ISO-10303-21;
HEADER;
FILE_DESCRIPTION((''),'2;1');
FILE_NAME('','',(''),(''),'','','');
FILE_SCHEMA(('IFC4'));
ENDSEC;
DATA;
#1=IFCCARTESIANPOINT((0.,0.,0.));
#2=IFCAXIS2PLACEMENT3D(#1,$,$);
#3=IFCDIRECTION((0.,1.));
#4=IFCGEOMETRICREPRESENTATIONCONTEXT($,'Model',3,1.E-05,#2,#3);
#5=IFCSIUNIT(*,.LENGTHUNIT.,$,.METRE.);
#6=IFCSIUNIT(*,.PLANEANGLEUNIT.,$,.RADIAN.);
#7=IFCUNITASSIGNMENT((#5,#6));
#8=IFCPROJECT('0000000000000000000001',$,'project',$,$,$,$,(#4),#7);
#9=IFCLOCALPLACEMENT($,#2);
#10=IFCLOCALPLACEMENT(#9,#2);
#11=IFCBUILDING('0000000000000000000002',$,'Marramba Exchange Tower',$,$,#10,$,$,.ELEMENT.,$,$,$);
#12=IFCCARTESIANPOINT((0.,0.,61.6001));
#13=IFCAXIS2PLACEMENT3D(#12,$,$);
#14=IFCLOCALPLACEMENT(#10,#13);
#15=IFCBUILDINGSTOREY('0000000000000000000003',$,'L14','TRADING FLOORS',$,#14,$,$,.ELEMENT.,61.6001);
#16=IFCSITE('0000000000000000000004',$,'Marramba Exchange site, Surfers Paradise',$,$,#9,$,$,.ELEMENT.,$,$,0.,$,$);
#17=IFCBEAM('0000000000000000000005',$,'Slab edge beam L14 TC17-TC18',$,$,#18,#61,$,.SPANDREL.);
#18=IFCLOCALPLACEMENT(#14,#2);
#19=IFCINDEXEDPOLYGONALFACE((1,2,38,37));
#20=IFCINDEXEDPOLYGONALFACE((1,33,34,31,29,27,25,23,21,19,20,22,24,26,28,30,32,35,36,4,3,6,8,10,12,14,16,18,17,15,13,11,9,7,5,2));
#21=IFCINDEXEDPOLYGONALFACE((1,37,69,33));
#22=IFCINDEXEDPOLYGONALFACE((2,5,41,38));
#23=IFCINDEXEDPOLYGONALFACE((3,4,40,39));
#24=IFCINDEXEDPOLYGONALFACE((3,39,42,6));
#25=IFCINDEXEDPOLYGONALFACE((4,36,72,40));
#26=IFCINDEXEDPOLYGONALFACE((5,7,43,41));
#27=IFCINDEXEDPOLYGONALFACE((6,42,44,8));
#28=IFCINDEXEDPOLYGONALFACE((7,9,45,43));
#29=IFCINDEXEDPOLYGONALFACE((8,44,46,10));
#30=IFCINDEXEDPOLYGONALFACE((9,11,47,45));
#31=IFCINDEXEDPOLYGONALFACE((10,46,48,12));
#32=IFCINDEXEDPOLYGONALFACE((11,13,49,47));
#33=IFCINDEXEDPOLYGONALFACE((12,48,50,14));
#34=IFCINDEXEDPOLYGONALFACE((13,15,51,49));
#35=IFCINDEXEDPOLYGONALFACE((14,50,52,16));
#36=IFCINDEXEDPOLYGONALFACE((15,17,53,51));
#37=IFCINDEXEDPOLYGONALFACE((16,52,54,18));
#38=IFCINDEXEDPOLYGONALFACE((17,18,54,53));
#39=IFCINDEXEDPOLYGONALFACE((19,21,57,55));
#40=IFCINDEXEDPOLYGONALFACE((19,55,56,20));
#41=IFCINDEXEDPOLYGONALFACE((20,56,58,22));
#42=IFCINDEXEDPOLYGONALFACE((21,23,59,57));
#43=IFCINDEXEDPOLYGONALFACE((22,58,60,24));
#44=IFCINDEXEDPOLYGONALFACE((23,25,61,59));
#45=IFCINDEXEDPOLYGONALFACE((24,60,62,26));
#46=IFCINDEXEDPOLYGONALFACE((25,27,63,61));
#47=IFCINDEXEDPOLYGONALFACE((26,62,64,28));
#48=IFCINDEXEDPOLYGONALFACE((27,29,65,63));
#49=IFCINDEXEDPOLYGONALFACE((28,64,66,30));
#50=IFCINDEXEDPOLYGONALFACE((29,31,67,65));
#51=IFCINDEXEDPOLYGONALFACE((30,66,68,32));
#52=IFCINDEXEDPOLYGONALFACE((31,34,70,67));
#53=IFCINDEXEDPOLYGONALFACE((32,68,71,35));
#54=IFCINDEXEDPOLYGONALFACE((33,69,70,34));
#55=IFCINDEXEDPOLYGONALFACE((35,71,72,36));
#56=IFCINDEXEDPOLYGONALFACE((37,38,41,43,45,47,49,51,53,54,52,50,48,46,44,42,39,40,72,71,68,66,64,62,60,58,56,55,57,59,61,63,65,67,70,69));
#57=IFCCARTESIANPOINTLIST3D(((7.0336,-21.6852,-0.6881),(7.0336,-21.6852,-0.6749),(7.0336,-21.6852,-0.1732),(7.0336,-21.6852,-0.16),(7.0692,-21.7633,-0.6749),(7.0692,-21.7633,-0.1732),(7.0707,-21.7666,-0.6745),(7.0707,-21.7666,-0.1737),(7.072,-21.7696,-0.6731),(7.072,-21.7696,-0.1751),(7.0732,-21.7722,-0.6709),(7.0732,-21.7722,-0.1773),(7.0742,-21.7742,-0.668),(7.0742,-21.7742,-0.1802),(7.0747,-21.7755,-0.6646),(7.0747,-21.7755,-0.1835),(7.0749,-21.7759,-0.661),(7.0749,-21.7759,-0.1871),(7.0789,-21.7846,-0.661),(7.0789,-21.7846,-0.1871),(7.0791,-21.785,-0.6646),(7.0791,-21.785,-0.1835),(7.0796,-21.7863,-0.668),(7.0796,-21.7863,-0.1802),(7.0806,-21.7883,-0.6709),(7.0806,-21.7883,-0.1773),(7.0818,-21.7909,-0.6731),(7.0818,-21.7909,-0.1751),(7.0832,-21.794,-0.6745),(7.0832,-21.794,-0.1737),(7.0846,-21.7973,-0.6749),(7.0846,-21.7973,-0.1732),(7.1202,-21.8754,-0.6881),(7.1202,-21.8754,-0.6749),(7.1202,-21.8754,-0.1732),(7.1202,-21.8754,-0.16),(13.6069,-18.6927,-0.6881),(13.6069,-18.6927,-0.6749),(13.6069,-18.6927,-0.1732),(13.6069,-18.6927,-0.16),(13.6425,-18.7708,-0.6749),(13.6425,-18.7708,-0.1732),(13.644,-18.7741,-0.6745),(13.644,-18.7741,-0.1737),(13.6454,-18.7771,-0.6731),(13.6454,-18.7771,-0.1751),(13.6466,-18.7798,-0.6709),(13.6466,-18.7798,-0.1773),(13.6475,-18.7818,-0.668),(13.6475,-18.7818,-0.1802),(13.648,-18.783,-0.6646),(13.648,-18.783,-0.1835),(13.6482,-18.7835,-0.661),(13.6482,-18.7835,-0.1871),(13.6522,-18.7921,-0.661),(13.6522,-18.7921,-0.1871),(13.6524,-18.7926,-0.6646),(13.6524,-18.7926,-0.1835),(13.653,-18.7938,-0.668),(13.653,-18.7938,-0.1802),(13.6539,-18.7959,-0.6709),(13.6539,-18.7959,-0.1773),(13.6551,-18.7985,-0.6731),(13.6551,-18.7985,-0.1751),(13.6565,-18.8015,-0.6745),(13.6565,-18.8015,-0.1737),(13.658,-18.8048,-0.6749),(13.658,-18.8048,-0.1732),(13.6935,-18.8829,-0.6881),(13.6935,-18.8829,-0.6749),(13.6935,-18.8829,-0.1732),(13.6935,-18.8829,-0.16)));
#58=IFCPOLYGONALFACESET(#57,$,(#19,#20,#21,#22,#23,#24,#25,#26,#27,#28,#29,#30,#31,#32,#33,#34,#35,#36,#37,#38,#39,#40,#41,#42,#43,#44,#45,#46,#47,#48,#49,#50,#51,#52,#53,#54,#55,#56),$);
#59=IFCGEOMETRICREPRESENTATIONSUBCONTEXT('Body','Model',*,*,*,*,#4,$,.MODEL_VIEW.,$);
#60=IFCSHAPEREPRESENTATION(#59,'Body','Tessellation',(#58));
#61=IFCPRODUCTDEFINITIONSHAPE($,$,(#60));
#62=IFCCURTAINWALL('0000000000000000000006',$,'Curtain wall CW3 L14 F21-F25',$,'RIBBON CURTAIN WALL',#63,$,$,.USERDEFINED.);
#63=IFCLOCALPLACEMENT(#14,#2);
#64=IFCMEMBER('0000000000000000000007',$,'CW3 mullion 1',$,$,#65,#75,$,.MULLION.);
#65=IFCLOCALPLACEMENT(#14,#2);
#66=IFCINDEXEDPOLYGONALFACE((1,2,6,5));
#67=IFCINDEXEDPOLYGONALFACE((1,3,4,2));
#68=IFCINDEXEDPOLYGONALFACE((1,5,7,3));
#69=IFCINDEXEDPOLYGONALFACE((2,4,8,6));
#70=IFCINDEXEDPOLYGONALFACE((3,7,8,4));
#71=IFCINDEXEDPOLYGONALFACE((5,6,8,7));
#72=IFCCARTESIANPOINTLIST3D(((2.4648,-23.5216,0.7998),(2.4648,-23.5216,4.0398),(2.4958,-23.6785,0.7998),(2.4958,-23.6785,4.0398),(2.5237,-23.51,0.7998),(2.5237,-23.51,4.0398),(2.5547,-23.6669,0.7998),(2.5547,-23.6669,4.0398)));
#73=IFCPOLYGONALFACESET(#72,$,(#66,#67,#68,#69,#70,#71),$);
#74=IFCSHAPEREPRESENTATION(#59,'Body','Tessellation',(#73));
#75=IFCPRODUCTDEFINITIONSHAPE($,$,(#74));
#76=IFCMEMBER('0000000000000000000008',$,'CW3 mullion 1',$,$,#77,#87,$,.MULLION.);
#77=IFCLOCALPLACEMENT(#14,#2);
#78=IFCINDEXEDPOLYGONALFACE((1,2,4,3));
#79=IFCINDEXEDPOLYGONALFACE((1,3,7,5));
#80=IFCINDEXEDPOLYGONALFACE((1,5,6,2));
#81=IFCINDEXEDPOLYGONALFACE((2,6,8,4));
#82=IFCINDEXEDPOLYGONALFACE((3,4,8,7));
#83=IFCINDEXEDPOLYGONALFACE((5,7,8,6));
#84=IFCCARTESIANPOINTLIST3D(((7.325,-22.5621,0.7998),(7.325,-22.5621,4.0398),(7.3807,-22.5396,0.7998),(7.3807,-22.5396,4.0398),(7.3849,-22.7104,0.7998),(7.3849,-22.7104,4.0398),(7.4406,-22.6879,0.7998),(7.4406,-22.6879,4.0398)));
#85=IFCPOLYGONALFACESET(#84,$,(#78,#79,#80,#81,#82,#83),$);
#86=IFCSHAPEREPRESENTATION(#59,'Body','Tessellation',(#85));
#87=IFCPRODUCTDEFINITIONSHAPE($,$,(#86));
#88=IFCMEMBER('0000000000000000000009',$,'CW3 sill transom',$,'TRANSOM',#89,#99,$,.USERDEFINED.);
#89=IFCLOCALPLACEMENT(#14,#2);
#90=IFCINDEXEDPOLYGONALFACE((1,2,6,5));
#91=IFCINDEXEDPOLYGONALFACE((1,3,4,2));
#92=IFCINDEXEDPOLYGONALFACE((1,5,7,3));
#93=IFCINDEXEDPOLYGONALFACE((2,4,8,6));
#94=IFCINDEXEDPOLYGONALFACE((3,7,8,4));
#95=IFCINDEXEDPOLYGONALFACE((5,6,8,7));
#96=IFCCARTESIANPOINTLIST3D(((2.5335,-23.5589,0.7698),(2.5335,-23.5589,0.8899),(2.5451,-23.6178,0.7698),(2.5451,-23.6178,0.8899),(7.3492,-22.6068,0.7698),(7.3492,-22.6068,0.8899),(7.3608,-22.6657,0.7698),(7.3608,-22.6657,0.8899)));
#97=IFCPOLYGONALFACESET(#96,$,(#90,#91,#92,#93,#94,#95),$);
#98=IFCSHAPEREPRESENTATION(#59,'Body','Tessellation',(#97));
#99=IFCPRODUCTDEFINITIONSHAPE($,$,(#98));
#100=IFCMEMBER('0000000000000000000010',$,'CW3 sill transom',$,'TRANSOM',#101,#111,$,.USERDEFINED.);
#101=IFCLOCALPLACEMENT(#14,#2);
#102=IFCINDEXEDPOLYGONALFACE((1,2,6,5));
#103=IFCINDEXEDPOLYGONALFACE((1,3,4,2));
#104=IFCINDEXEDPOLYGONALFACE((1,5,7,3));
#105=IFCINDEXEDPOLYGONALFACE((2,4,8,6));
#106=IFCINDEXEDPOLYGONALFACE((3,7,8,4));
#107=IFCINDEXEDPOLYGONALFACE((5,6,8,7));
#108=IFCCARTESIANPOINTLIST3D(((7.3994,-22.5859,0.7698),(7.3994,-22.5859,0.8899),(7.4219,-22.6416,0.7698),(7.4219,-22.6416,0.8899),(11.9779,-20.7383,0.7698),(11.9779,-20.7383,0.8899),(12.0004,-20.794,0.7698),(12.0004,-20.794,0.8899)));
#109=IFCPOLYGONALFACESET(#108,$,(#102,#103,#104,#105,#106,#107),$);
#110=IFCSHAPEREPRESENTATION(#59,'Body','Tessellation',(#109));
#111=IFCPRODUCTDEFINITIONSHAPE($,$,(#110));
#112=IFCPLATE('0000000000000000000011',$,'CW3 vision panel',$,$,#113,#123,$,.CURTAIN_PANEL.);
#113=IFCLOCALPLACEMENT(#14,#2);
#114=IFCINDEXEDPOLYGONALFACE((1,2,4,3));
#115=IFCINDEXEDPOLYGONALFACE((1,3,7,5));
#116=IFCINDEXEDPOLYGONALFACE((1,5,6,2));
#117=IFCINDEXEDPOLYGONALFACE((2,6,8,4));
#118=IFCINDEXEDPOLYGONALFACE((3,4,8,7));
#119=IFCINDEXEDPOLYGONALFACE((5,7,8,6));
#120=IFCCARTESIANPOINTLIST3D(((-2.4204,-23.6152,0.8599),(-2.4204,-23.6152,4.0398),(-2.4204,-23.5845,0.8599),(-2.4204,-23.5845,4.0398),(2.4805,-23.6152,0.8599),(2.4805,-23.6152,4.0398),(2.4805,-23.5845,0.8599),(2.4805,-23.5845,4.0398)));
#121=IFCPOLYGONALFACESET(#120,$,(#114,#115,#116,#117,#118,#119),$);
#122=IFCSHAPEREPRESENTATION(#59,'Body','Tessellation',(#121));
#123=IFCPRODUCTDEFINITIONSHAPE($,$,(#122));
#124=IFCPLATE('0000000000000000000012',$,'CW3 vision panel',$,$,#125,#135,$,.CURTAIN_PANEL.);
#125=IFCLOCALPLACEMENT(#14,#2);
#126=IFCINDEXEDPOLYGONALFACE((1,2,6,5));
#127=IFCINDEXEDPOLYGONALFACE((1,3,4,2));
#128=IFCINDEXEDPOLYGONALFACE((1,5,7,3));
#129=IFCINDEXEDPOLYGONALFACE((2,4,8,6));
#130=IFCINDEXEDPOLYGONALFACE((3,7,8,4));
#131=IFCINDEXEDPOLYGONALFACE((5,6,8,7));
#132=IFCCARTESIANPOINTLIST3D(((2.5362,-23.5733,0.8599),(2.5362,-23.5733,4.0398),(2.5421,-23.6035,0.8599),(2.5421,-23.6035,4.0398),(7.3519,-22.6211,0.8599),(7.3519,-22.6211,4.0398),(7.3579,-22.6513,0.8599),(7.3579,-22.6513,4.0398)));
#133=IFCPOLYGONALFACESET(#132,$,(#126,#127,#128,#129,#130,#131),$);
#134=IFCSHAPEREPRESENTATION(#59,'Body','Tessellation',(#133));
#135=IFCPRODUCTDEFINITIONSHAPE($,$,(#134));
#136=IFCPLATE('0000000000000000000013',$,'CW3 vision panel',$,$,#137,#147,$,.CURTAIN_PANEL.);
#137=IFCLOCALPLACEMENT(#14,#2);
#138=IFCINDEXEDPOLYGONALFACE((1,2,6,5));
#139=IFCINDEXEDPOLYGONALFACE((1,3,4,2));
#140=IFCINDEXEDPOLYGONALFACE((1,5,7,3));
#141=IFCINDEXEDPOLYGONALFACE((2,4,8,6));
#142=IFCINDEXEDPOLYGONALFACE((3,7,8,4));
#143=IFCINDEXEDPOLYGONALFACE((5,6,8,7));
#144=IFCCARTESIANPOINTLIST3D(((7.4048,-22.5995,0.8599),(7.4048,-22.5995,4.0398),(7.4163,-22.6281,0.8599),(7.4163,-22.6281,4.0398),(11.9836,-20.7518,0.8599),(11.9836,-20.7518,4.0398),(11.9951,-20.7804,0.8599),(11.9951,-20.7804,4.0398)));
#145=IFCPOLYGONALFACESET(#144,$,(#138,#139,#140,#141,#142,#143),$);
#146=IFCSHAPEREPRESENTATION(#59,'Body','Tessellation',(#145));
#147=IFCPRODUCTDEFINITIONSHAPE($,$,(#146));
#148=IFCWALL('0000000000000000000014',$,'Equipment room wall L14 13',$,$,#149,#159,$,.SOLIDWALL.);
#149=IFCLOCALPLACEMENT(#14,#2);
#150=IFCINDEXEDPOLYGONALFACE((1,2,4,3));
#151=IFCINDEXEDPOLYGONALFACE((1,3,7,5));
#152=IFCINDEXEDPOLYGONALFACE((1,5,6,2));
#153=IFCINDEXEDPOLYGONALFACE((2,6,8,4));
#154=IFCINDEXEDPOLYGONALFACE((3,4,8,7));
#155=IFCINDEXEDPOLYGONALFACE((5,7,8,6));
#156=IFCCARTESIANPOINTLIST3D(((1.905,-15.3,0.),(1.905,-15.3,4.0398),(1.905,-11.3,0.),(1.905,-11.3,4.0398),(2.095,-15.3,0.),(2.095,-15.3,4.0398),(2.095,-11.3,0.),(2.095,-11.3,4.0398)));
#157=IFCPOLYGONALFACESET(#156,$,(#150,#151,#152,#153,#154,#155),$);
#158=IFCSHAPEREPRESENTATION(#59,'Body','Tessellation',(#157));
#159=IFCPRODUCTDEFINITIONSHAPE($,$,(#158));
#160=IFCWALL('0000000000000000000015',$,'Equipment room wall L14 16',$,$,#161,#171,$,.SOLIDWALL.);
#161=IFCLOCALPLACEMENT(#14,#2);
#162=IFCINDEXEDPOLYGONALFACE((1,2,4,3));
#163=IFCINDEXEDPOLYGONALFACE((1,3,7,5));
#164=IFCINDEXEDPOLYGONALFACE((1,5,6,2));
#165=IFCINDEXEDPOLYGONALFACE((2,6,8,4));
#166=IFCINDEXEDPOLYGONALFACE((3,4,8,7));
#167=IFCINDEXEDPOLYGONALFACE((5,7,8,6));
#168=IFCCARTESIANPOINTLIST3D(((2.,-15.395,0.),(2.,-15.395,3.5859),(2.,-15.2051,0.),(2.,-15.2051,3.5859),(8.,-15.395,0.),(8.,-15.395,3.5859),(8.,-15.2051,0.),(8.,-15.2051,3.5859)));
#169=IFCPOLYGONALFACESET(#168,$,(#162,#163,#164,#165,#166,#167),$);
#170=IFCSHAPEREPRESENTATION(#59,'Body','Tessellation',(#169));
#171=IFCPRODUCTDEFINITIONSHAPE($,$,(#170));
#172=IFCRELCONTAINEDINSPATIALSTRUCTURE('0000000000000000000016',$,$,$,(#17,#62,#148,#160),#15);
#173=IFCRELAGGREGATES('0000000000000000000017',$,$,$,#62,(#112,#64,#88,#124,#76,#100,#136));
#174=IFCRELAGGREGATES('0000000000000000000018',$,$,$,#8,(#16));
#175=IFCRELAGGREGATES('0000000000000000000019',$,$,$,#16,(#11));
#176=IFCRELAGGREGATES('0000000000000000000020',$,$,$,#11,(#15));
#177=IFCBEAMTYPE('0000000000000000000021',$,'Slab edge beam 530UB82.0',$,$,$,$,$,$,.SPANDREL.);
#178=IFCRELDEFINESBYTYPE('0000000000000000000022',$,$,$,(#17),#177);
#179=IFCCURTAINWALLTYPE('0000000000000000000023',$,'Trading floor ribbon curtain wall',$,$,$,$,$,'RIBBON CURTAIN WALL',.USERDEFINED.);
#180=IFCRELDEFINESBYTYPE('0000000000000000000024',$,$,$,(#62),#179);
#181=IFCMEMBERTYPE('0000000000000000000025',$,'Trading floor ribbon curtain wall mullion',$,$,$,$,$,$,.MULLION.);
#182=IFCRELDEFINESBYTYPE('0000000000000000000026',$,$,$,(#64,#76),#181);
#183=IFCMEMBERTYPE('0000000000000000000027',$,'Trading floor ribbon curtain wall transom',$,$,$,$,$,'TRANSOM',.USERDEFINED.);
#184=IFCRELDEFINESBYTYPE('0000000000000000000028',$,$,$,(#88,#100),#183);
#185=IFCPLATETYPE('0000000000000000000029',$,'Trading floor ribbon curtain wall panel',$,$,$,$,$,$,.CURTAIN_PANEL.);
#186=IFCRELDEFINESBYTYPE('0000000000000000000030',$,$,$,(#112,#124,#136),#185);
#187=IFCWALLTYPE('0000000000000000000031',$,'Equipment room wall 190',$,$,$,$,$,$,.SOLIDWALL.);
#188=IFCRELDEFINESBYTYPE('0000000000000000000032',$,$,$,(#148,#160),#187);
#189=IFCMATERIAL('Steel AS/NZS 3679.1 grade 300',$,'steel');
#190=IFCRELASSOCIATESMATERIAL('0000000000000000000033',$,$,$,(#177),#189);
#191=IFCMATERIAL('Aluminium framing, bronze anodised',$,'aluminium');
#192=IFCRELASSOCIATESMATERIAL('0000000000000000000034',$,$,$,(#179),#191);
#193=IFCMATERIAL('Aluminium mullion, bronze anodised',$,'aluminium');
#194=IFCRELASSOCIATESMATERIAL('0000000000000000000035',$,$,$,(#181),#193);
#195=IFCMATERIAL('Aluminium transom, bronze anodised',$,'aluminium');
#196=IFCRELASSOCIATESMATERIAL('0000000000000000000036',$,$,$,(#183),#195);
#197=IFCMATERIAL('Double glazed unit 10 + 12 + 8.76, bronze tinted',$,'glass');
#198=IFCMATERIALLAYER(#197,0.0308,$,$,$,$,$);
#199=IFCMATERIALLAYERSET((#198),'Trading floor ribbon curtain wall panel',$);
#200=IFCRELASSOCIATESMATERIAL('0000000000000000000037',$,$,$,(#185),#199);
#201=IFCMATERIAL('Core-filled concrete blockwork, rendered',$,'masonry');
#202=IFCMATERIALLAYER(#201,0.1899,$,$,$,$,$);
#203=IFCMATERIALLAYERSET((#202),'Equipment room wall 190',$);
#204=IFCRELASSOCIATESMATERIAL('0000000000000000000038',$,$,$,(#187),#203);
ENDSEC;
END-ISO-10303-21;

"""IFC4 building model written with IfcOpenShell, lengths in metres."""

from ifc_helpers import new_model, si_unit, direction, frame, frame_2d, origin, origin_2d, place, context, subcontext, project, spatial, rectangle, i_section, extrude, material, layer, layer_set, material_profile, profile_set, type_object, element, aggregate, save


model = new_model("IFC4")

# Units and contexts
model_context = context("Model", 3, precision=1e-05, world=origin(), true_north=direction((0.0, 1.0)))
body_context = subcontext(model_context, "Body", "Model", "MODEL_VIEW")
ifc_project = project(units=[si_unit("LENGTHUNIT", "METRE"), si_unit("PLANEANGLEUNIT", "RADIAN")], contexts=[model_context])

# Site, building, storey
site_placement = place(None, origin())
site = spatial("IfcSite", under=ifc_project, at=site_placement, Name="Marramba Exchange site, Surfers Paradise", CompositionType="ELEMENT", RefElevation=0.0)
building_placement = place(site_placement, origin())
building = spatial("IfcBuilding", under=site, at=building_placement, Name="Marramba Exchange Tower", CompositionType="ELEMENT")
storey_placement = place(building_placement, frame((0.0, 0.0, 61.6001)))
storey = spatial("IfcBuildingStorey", under=building, at=storey_placement, Name="L14", Description="TRADING FLOORS", CompositionType="ELEMENT", Elevation=61.6001)

# Beam
ifc_material_1 = material(Name="Steel AS/NZS 3679.1 grade 300", Category="steel")
ifc_material_profile_1 = material_profile(ifc_material_1, i_section(OverallWidth=0.209, OverallDepth=0.5281, WebThickness=0.0095, FlangeThickness=0.0132, FilletRadius=0.0139, at=origin_2d()), Name="530UB82.0")
ifc_profile_set_1 = profile_set([ifc_material_profile_1], Name="Steel AS/NZS 3679.1 grade 300")
beam_type_1 = type_object("IfcBeamType", Name="Slab edge beam 530UB82.0", PredefinedType="SPANDREL", material=ifc_profile_set_1)
beam_1_placement = place(storey_placement, frame((7.0769, -21.7803, -0.4241), z_axis=(0.910127, 0.41433, 0.0), x_axis=(-0.41433, 0.910127, 0.0)))
element("IfcBeam", 1, at=beam_1_placement, inside=storey, type_object=beam_type_1, Name="Slab edge beam L14 TC17-TC18", PredefinedType="SPANDREL", context=body_context, shape_type="SweptSolid", body=[
    extrude(i_section(OverallWidth=0.209, OverallDepth=0.5281, WebThickness=0.0095, FlangeThickness=0.0132, FilletRadius=0.0139, at=origin_2d()), origin(), (0.0, 0.0, 1.0), 7.2224),
])

# Curtain wall, members, plates
ifc_material_2 = material(Name="Aluminium framing, bronze anodised", Category="aluminium")
curtain_wall_type = type_object("IfcCurtainWallType", Name="Trading floor ribbon curtain wall", ElementType="RIBBON CURTAIN WALL", PredefinedType="USERDEFINED", material=ifc_material_2)
curtain_wall_placement = place(storey_placement, origin())
curtain_wall = element("IfcCurtainWall", 2, at=curtain_wall_placement, inside=storey, type_object=curtain_wall_type, Name="Curtain wall CW3 L14 F21-F25", ObjectType="RIBBON CURTAIN WALL", PredefinedType="USERDEFINED")
ifc_material_3 = material(Name="Aluminium mullion, bronze anodised", Category="aluminium")
ifc_material_profile_2 = material_profile(ifc_material_3, rectangle(XDim=0.1599, YDim=0.0601, at=origin_2d()), Name="CW3 mullion 60x160")
ifc_profile_set_2 = profile_set([ifc_material_profile_2], Name="Aluminium mullion, bronze anodised")
member_type_1 = type_object("IfcMemberType", Name="Trading floor ribbon curtain wall mullion", PredefinedType="MULLION", material=ifc_profile_set_2)
member_1_placement = place(storey_placement, frame((2.5098, -23.5942, 0.7998), z_axis=(0.0, 0.0, 1.0), x_axis=(-0.193961, 0.981009, 0.0)))
member_1 = element("IfcMember", 3, at=member_1_placement, type_object=member_type_1, Name="CW3 mullion 1", PredefinedType="MULLION", context=body_context, shape_type="SweptSolid", body=[
    extrude(rectangle(XDim=0.1599, YDim=0.0601, at=origin_2d()), origin(), (0.0, 0.0, 1.0), 3.24),
])
member_2_placement = place(storey_placement, frame((7.3828, -22.625, 0.7998), z_axis=(0.0, 0.0, 1.0), x_axis=(-0.374218, 0.927341, 0.0)))
member_2 = element("IfcMember", 4, at=member_2_placement, type_object=member_type_1, Name="CW3 mullion 1", PredefinedType="MULLION", context=body_context, shape_type="SweptSolid", body=[
    extrude(rectangle(XDim=0.1599, YDim=0.0601, at=origin_2d()), origin(), (0.0, 0.0, 1.0), 3.24),
])
ifc_material_4 = material(Name="Aluminium transom, bronze anodised", Category="aluminium")
ifc_material_profile_3 = material_profile(ifc_material_4, rectangle(XDim=0.0601, YDim=0.1201, at=origin_2d()), Name="CW3 transom 60x120")
ifc_profile_set_3 = profile_set([ifc_material_profile_3], Name="Aluminium transom, bronze anodised")
member_type_2 = type_object("IfcMemberType", Name="Trading floor ribbon curtain wall transom", ElementType="TRANSOM", PredefinedType="USERDEFINED", material=ifc_profile_set_3)
member_3_placement = place(storey_placement, frame((2.5393, -23.5884, 0.8298), z_axis=(0.981009, 0.193964, 0.0), x_axis=(-0.193964, 0.981009, 0.0)))
member_3 = element("IfcMember", 5, at=member_3_placement, type_object=member_type_2, Name="CW3 sill transom", ObjectType="TRANSOM", PredefinedType="USERDEFINED", context=body_context, shape_type="SweptSolid", body=[
    extrude(rectangle(XDim=0.0601, YDim=0.1201, at=origin_2d()), origin(), (0.0, 0.0, 1.0), 4.9089),
])
member_4_placement = place(storey_placement, frame((7.4106, -22.6138, 0.8298), z_axis=(0.92734, 0.374219, 0.0), x_axis=(-0.374219, 0.92734, 0.0)))
member_4 = element("IfcMember", 6, at=member_4_placement, type_object=member_type_2, Name="CW3 sill transom", ObjectType="TRANSOM", PredefinedType="USERDEFINED", context=body_context, shape_type="SweptSolid", body=[
    extrude(rectangle(XDim=0.0601, YDim=0.1201, at=origin_2d()), origin(), (0.0, 0.0, 1.0), 4.9373),
])
ifc_material_5 = material(Name="Double glazed unit 10 + 12 + 8.76, bronze tinted", Category="glass")
ifc_layer_1 = layer(ifc_material_5, 0.0308)
ifc_layer_set_1 = layer_set([ifc_layer_1], Name="Trading floor ribbon curtain wall panel")
plate_type = type_object("IfcPlateType", Name="Trading floor ribbon curtain wall panel", PredefinedType="CURTAIN_PANEL", material=ifc_layer_set_1)
plate_1_placement = place(storey_placement, frame((0.03, -23.5999, 0.8599), z_axis=(0.0, 0.0, 1.0), x_axis=(1.0, 0.0, 0.0)))
plate_1 = element("IfcPlate", 7, at=plate_1_placement, type_object=plate_type, Name="CW3 vision panel", PredefinedType="CURTAIN_PANEL", context=body_context, shape_type="SweptSolid", body=[
    extrude(rectangle(XDim=4.9009, YDim=0.0308, at=origin_2d()), origin(), (0.0, 0.0, 1.0), 3.1799),
])
plate_2_placement = place(storey_placement, frame((4.947, -23.1123, 0.8599), z_axis=(0.0, 0.0, 1.0), x_axis=(0.981009, 0.193961, 0.0)))
plate_2 = element("IfcPlate", 8, at=plate_2_placement, type_object=plate_type, Name="CW3 vision panel", PredefinedType="CURTAIN_PANEL", context=body_context, shape_type="SweptSolid", body=[
    extrude(rectangle(XDim=4.9089, YDim=0.0308, at=origin_2d()), origin(), (0.0, 0.0, 1.0), 3.1799),
])
plate_3_placement = place(storey_placement, frame((9.7, -21.6899, 0.8599), z_axis=(0.0, 0.0, 1.0), x_axis=(0.927341, 0.374218, 0.0)))
plate_3 = element("IfcPlate", 9, at=plate_3_placement, type_object=plate_type, Name="CW3 vision panel", PredefinedType="CURTAIN_PANEL", context=body_context, shape_type="SweptSolid", body=[
    extrude(rectangle(XDim=4.9375, YDim=0.0308, at=origin_2d()), origin(), (0.0, 0.0, 1.0), 3.1799),
])
aggregate(curtain_wall, [plate_1, member_1, member_3, plate_2, member_2, member_4, plate_3])

# Walls
ifc_material_6 = material(Name="Core-filled concrete blockwork, rendered", Category="masonry")
ifc_layer_2 = layer(ifc_material_6, 0.1899)
ifc_layer_set_2 = layer_set([ifc_layer_2], Name="Equipment room wall 190")
wall_type_1 = type_object("IfcWallType", Name="Equipment room wall 190", PredefinedType="SOLIDWALL", material=ifc_layer_set_2)
wall_1_placement = place(storey_placement, frame((2.0, -11.3, 0.0), z_axis=(0.0, 0.0, 1.0), x_axis=(0.0, -1.0, 0.0)))
element("IfcWall", 10, at=wall_1_placement, inside=storey, type_object=wall_type_1, Name="Equipment room wall L14 13", PredefinedType="SOLIDWALL", context=body_context, shape_type="SweptSolid", body=[
    extrude(rectangle(XDim=4.0, YDim=0.1899, at=frame_2d((2.0, 0.0))), origin(), (0.0, 0.0, 1.0), 4.0398),
])
wall_2_placement = place(storey_placement, frame((2.0, -15.3, 0.0), z_axis=(0.0, 0.0, 1.0), x_axis=(1.0, 0.0, 0.0)))
element("IfcWall", 11, at=wall_2_placement, inside=storey, type_object=wall_type_1, Name="Equipment room wall L14 16", PredefinedType="SOLIDWALL", context=body_context, shape_type="SweptSolid", body=[
    extrude(rectangle(XDim=6.0, YDim=0.1899, at=frame_2d((3.0, 0.0))), origin(), (0.0, 0.0, 1.0), 3.5859),
])

save(model, "model.ifc")
